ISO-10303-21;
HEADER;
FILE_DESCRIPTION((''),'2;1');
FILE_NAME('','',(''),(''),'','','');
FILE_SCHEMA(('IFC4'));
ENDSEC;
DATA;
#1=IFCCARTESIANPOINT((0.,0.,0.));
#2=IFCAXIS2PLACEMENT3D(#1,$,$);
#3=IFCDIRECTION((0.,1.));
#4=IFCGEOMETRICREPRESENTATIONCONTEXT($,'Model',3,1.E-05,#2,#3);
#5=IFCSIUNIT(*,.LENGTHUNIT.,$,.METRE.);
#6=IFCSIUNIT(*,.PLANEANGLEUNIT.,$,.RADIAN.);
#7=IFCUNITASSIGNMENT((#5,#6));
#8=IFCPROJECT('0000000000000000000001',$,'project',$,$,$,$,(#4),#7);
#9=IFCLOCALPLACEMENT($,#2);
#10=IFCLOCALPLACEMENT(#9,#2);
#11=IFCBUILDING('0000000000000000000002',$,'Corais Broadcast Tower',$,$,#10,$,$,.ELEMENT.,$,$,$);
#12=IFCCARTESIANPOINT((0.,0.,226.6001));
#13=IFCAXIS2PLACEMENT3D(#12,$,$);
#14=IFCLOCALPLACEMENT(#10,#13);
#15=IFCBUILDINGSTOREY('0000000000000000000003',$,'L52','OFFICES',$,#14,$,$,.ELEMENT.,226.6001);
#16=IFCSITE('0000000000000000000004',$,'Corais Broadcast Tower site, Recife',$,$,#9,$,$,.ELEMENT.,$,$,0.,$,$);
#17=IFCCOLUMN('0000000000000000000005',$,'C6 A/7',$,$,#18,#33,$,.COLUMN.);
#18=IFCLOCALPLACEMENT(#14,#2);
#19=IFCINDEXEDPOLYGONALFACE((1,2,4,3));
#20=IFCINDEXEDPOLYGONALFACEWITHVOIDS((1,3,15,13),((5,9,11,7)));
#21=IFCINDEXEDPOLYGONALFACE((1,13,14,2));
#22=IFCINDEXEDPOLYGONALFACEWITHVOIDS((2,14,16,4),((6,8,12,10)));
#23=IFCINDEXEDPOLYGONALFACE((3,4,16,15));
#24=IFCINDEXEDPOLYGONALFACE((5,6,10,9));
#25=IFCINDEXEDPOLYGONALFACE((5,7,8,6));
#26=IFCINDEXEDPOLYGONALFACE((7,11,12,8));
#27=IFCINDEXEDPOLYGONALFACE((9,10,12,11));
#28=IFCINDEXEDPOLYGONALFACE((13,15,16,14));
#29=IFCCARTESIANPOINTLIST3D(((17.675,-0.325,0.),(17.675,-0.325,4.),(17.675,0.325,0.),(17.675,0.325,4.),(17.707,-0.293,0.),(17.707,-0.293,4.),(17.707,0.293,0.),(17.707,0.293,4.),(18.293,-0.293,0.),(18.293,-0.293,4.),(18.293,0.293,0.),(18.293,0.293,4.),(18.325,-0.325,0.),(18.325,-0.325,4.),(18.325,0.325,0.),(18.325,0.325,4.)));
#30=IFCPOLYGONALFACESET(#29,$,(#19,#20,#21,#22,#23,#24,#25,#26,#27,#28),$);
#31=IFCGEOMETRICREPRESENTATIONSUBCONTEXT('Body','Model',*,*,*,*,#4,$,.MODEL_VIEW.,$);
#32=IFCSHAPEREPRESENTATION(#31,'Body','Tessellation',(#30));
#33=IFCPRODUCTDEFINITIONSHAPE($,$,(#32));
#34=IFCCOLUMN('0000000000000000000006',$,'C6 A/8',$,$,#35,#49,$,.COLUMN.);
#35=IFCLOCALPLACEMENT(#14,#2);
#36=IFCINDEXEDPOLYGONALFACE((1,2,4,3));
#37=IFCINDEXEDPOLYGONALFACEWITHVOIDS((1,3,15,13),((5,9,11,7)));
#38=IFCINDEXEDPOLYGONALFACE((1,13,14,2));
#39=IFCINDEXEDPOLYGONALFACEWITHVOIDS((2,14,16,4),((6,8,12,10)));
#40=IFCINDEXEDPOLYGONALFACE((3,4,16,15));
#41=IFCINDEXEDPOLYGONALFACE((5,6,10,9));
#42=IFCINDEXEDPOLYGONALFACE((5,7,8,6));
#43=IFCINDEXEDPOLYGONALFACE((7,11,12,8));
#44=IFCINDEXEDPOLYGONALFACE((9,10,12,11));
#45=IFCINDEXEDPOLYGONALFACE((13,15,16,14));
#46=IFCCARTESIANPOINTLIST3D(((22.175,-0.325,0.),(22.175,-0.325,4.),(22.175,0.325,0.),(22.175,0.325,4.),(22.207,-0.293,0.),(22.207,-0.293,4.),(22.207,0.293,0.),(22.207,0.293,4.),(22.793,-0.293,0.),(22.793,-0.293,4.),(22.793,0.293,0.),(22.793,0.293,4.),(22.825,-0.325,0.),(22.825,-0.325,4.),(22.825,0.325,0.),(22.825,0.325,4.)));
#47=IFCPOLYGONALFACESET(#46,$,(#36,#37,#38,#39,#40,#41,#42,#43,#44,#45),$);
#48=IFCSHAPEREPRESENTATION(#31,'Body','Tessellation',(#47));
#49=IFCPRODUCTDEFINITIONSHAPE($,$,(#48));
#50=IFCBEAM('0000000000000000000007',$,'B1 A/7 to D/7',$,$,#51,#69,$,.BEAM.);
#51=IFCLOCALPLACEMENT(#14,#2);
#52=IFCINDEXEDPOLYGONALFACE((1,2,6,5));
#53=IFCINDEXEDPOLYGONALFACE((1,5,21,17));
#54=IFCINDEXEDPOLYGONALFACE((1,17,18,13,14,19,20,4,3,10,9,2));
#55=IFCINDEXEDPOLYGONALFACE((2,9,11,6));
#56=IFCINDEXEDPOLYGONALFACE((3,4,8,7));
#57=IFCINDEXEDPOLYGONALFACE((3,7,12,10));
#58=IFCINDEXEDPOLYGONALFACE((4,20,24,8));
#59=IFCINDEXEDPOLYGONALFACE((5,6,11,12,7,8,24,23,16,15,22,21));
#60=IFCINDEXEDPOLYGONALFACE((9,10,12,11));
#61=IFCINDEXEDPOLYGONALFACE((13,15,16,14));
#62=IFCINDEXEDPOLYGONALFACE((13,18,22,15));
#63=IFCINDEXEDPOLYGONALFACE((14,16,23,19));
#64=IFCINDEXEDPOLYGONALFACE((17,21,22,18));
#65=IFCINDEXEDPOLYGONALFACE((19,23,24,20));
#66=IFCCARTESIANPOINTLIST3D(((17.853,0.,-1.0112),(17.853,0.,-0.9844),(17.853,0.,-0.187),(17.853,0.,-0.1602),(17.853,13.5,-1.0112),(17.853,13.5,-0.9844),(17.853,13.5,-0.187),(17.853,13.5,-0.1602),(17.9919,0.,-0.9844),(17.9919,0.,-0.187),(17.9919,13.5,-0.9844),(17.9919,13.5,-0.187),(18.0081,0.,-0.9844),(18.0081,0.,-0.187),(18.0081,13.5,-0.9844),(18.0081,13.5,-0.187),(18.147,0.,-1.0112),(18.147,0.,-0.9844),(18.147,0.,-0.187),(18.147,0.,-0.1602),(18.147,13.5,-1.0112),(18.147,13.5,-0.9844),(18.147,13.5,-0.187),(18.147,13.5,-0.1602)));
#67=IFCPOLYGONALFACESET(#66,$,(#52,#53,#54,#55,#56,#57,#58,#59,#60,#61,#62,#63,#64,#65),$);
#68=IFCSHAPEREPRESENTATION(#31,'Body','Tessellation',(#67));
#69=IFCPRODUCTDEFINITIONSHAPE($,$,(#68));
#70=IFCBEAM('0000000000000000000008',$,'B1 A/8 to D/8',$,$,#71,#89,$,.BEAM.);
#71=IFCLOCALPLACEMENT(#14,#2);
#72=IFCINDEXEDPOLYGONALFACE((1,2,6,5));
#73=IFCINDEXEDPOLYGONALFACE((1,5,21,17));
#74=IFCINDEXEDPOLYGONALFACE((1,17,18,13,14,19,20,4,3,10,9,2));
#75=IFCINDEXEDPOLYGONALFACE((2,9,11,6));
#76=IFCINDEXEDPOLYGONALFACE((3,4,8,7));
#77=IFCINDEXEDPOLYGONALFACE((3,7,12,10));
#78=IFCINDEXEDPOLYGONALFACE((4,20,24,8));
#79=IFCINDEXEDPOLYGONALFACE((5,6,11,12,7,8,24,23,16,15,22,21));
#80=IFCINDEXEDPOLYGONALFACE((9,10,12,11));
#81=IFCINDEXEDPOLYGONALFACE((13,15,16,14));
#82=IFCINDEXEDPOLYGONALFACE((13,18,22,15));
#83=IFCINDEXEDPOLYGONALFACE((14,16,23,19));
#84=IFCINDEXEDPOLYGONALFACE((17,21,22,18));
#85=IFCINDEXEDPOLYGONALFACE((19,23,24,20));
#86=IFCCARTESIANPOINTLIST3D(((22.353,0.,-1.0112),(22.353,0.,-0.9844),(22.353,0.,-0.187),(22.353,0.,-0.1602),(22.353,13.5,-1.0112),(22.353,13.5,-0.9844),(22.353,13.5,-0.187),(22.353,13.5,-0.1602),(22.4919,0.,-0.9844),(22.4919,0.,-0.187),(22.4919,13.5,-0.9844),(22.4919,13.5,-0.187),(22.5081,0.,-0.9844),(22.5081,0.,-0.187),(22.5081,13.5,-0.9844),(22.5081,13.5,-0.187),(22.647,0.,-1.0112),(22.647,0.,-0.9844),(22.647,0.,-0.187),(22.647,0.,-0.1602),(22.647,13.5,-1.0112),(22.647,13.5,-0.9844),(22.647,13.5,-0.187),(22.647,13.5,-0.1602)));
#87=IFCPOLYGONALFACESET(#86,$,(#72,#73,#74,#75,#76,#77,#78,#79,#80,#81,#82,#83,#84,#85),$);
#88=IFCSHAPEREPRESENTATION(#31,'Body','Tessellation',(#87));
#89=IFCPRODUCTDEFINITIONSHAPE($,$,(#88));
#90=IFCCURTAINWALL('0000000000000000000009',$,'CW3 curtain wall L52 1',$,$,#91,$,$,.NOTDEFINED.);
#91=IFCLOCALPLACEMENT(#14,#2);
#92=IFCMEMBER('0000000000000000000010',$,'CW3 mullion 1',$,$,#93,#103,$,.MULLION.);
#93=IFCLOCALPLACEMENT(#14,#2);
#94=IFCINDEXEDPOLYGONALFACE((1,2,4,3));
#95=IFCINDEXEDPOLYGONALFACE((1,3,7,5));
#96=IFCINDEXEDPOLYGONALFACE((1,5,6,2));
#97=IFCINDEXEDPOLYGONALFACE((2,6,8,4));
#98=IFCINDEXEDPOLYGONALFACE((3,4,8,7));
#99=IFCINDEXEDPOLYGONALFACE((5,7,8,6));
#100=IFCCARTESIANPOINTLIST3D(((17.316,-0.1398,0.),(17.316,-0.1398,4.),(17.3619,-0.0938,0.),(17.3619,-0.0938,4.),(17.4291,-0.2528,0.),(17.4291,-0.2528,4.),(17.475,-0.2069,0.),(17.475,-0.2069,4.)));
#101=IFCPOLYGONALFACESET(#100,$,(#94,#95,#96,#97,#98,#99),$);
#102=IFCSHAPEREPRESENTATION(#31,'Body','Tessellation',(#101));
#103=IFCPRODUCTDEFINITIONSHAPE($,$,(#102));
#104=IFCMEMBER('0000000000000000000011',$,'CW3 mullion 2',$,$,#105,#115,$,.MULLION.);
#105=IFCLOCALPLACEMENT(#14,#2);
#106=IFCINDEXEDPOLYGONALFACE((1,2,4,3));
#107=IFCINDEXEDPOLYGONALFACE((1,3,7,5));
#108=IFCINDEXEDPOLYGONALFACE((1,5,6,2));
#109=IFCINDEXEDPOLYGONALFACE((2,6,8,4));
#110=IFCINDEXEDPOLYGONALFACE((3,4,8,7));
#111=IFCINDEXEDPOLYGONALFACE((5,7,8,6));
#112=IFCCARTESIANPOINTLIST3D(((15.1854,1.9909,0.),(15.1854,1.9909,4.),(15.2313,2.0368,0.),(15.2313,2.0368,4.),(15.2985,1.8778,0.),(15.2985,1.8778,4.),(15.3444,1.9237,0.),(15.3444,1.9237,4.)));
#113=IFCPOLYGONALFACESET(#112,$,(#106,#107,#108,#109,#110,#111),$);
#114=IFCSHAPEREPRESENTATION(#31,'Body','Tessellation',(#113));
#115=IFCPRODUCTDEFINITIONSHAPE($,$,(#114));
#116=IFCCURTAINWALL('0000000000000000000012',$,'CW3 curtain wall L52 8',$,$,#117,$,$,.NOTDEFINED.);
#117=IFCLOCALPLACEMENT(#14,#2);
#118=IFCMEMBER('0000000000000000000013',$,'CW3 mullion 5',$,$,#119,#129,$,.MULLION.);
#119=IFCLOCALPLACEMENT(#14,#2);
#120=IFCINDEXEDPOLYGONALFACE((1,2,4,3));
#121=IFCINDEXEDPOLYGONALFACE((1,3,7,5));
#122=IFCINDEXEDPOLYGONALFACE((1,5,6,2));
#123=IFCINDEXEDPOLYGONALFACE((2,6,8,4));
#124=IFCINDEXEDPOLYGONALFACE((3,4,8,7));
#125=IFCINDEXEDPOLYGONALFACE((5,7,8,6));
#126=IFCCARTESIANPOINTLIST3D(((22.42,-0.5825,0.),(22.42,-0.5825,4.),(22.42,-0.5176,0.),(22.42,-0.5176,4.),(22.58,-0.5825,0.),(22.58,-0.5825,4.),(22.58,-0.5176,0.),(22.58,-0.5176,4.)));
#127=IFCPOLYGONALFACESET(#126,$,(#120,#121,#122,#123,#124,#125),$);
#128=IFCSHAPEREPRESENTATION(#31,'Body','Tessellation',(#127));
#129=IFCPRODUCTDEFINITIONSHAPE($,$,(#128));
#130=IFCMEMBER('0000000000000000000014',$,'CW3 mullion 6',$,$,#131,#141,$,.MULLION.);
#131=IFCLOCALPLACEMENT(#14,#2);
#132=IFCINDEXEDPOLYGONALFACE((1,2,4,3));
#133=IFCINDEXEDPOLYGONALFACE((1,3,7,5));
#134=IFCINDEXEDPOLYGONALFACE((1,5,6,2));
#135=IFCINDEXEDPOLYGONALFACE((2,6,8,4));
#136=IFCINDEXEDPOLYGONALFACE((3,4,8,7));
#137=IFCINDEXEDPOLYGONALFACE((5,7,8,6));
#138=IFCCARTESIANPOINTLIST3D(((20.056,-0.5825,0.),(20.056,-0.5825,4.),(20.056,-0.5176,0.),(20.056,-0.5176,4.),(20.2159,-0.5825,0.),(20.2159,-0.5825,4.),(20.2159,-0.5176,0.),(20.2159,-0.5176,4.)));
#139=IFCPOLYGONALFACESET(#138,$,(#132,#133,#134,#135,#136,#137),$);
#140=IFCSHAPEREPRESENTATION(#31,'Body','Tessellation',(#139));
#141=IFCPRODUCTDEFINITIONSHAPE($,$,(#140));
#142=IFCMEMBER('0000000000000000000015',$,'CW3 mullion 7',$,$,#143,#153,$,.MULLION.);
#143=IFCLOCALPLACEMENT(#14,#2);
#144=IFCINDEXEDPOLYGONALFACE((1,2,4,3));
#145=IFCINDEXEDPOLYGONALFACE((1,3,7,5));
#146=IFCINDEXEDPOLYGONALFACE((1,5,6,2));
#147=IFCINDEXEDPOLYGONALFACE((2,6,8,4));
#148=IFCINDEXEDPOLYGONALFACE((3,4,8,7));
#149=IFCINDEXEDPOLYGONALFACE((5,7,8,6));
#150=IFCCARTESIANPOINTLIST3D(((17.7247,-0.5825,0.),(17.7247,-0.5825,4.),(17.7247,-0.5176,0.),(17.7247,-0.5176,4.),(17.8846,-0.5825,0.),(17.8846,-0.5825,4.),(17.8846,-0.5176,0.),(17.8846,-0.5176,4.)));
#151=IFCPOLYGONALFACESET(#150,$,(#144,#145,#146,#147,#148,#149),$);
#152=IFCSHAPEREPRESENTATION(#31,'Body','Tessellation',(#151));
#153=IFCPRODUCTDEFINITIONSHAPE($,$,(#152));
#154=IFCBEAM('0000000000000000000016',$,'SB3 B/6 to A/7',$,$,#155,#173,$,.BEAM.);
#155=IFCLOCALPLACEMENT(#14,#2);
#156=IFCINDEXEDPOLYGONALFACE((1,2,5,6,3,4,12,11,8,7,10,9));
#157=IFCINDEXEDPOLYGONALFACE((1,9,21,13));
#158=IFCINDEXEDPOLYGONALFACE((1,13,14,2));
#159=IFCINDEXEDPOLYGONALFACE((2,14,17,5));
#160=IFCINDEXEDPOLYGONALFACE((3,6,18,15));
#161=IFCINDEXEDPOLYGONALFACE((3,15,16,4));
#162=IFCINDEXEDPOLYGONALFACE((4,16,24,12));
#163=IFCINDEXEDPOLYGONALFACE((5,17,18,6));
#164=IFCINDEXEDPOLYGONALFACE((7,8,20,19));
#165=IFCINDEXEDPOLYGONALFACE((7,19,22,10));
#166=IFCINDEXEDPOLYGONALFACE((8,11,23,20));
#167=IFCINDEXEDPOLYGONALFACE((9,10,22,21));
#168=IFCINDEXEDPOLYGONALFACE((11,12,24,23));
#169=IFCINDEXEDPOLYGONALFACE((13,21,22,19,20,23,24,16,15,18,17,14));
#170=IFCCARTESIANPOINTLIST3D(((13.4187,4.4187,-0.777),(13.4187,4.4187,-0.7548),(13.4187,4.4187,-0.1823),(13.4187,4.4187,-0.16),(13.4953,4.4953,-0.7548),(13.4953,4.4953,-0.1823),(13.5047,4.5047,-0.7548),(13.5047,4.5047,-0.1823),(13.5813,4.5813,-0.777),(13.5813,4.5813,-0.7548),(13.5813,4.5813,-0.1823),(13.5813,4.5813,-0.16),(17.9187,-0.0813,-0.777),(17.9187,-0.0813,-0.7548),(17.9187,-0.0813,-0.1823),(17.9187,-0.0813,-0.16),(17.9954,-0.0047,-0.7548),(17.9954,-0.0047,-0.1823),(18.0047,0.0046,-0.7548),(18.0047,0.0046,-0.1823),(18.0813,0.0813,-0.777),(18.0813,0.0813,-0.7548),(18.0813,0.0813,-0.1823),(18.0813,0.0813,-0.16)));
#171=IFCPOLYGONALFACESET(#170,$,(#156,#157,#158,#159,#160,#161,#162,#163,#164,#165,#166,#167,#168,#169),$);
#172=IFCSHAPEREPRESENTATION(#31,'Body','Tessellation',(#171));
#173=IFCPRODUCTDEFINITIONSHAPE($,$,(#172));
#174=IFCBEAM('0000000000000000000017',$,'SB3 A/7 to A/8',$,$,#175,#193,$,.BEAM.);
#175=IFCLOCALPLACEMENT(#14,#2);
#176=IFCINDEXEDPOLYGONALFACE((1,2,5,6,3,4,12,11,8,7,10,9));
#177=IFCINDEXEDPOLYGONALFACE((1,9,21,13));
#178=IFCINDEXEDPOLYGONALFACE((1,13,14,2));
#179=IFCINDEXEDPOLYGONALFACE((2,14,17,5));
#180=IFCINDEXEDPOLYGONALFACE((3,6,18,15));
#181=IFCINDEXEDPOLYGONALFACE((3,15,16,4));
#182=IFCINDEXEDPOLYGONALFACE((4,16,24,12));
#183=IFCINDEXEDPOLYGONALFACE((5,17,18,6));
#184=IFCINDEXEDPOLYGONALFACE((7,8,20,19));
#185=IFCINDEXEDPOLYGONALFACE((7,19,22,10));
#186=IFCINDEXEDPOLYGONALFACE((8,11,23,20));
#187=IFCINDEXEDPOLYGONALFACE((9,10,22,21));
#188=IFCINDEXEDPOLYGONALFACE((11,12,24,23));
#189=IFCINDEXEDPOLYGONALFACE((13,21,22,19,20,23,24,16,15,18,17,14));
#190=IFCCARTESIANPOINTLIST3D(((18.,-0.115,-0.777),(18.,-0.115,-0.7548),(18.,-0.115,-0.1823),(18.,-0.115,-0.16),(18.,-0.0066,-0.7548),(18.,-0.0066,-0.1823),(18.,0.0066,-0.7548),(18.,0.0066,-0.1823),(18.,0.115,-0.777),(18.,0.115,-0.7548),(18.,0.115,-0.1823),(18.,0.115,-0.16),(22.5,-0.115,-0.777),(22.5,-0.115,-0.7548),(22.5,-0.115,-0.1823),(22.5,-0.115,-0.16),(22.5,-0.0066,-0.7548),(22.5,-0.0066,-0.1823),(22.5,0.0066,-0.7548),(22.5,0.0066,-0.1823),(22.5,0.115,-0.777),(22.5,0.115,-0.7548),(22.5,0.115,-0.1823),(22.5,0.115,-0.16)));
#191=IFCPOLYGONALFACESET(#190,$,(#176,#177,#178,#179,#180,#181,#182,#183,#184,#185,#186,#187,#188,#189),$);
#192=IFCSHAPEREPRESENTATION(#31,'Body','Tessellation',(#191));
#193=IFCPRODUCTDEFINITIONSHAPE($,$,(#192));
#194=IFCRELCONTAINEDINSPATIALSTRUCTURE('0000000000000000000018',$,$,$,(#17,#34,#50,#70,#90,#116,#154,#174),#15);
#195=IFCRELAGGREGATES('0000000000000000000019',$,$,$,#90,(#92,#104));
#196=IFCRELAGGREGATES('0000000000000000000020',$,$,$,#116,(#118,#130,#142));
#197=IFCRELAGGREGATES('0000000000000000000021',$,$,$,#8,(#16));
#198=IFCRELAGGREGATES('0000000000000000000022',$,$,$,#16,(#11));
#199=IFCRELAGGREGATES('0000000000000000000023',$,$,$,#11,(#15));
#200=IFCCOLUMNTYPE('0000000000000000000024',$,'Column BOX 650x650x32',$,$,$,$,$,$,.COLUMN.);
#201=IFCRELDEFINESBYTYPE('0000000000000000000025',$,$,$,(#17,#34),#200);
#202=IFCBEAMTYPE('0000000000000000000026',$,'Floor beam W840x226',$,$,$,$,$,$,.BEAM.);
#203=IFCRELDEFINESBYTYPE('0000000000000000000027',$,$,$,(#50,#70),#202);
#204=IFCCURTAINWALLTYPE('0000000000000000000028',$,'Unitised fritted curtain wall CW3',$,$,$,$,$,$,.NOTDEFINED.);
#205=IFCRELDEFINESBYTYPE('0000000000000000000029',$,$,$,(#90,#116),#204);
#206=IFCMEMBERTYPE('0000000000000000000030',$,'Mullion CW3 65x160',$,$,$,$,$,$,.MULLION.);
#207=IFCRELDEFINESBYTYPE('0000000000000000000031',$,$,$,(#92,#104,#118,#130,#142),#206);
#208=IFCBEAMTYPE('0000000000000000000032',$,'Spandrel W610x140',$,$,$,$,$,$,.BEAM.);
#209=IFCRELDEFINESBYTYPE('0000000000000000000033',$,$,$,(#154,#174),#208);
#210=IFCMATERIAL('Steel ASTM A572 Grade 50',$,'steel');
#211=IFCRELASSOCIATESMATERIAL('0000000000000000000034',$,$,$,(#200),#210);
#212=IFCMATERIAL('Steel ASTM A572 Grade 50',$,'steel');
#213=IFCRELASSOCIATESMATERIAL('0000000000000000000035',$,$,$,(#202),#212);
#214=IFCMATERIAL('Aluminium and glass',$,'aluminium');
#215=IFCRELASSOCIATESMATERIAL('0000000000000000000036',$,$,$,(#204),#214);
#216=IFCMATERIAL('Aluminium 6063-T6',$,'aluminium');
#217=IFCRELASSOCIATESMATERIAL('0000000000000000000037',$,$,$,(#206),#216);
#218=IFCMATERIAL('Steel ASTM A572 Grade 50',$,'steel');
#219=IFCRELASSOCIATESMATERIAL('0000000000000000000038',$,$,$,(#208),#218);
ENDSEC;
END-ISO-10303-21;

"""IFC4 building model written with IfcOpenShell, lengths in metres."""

from ifc_helpers import new_model, si_unit, direction, frame, origin, origin_2d, place, context, subcontext, project, spatial, rectangle, hollow_rectangle, i_section, extrude, material, material_profile, profile_set, type_object, element, aggregate, save


model = new_model("IFC4")

# Units and contexts
model_context = context("Model", 3, precision=1e-05, world=origin(), true_north=direction((0.0, 1.0)))
body_context = subcontext(model_context, "Body", "Model", "MODEL_VIEW")
ifc_project = project(units=[si_unit("LENGTHUNIT", "METRE"), si_unit("PLANEANGLEUNIT", "RADIAN")], contexts=[model_context])

# Site, building, storey
site_placement = place(None, origin())
site = spatial("IfcSite", under=ifc_project, at=site_placement, Name="Corais Broadcast Tower site, Recife", CompositionType="ELEMENT", RefElevation=0.0)
building_placement = place(site_placement, origin())
building = spatial("IfcBuilding", under=site, at=building_placement, Name="Corais Broadcast Tower", CompositionType="ELEMENT")
storey_placement = place(building_placement, frame((0.0, 0.0, 226.6001)))
storey = spatial("IfcBuildingStorey", under=building, at=storey_placement, Name="L52", Description="OFFICES", CompositionType="ELEMENT", Elevation=226.6001)

# Columns
ifc_material_1 = material(Name="Steel ASTM A572 Grade 50", Category="steel")
ifc_material_profile_1 = material_profile(ifc_material_1, hollow_rectangle(XDim=0.6499, YDim=0.6499, WallThickness=0.032, at=origin_2d()), Name="BOX 650x650x32")
ifc_profile_set_1 = profile_set([ifc_material_profile_1], Name="Steel ASTM A572 Grade 50")
column_type = type_object("IfcColumnType", Name="Column BOX 650x650x32", PredefinedType="COLUMN", material=ifc_profile_set_1)
for number, where, z_axis, x_axis, name in (
    (1, (18.0, 0.0, 0.0), (0.0, 0.0, 1.0), (1.0, 0.0, 0.0), "C6 A/7"),
    (2, (22.5, 0.0, 0.0), (0.0, 0.0, 1.0), (1.0, 0.0, 0.0), "C6 A/8"),
):
    element("IfcColumn", number, at=place(storey_placement, frame(where, z_axis=z_axis, x_axis=x_axis)), inside=storey, type_object=column_type, Name=name, PredefinedType="COLUMN", context=body_context, shape_type="SweptSolid", body=[
        extrude(hollow_rectangle(XDim=0.6499, YDim=0.6499, WallThickness=0.032, at=origin_2d()), origin(), (0.0, 0.0, 1.0), 4.0),
    ])

# Beams
ifc_material_2 = material(Name="Steel ASTM A572 Grade 50", Category="steel")
ifc_material_profile_2 = material_profile(ifc_material_2, i_section(OverallWidth=0.2939, OverallDepth=0.8511, WebThickness=0.0161, FlangeThickness=0.0269, at=origin_2d()), Name="W840x226")
ifc_profile_set_2 = profile_set([ifc_material_profile_2], Name="Steel ASTM A572 Grade 50")
beam_type_1 = type_object("IfcBeamType", Name="Floor beam W840x226", PredefinedType="BEAM", material=ifc_profile_set_2)
for number, where, z_axis, x_axis, name in (
    (3, (18.0, 0.0, -0.5857), (0.0, 1.0, 0.0), (-1.0, 0.0, 0.0), "B1 A/7 to D/7"),
    (4, (22.5, 0.0, -0.5857), (0.0, 1.0, 0.0), (-1.0, 0.0, 0.0), "B1 A/8 to D/8"),
):
    element("IfcBeam", number, at=place(storey_placement, frame(where, z_axis=z_axis, x_axis=x_axis)), inside=storey, type_object=beam_type_1, Name=name, PredefinedType="BEAM", context=body_context, shape_type="SweptSolid", body=[
        extrude(i_section(OverallWidth=0.2939, OverallDepth=0.8511, WebThickness=0.0161, FlangeThickness=0.0269, at=origin_2d()), origin(), (0.0, 0.0, 1.0), 13.5),
    ])

# Curtain walls, members
ifc_material_3 = material(Name="Aluminium and glass", Category="aluminium")
curtain_wall_type = type_object("IfcCurtainWallType", Name="Unitised fritted curtain wall CW3", PredefinedType="NOTDEFINED", material=ifc_material_3)
curtain_wall_1_placement = place(storey_placement, origin())
curtain_wall_1 = element("IfcCurtainWall", 5, at=curtain_wall_1_placement, inside=storey, type_object=curtain_wall_type, Name="CW3 curtain wall L52 1", PredefinedType="NOTDEFINED")
ifc_material_4 = material(Name="Aluminium 6063-T6", Category="aluminium")
ifc_material_profile_3 = material_profile(ifc_material_4, rectangle(XDim=0.0649, YDim=0.1599, at=origin_2d()), Name="Mullion CW3 65x160")
ifc_profile_set_3 = profile_set([ifc_material_profile_3], Name="Aluminium 6063-T6")
member_type_1 = type_object("IfcMemberType", Name="Mullion CW3 65x160", PredefinedType="MULLION", material=ifc_profile_set_3)
member_1_placement = place(storey_placement, frame((17.3955, -0.1733, 0.0), z_axis=(0.0, 0.0, 1.0), x_axis=(-0.707107, -0.707107, 0.0)))
member_1 = element("IfcMember", 6, at=member_1_placement, type_object=member_type_1, Name="CW3 mullion 1", PredefinedType="MULLION", context=body_context, shape_type="SweptSolid", body=[
    extrude(rectangle(XDim=0.0649, YDim=0.1599, at=origin_2d()), origin(), (0.0, 0.0, 1.0), 4.0),
])
member_2_placement = place(storey_placement, frame((15.2649, 1.9573, 0.0), z_axis=(0.0, 0.0, 1.0), x_axis=(-0.707107, -0.707107, 0.0)))
member_2 = element("IfcMember", 7, at=member_2_placement, type_object=member_type_1, Name="CW3 mullion 2", PredefinedType="MULLION", context=body_context, shape_type="SweptSolid", body=[
    extrude(rectangle(XDim=0.0649, YDim=0.1599, at=origin_2d()), origin(), (0.0, 0.0, 1.0), 4.0),
])
curtain_wall_2_placement = place(storey_placement, origin())
curtain_wall_2 = element("IfcCurtainWall", 8, at=curtain_wall_2_placement, inside=storey, type_object=curtain_wall_type, Name="CW3 curtain wall L52 8", PredefinedType="NOTDEFINED")
member_3_placement = place(storey_placement, frame((22.5, -0.55, 0.0), z_axis=(0.0, 0.0, 1.0), x_axis=(0.0, -1.0, 0.0)))
member_3 = element("IfcMember", 9, at=member_3_placement, type_object=member_type_1, Name="CW3 mullion 5", PredefinedType="MULLION", context=body_context, shape_type="SweptSolid", body=[
    extrude(rectangle(XDim=0.0649, YDim=0.1599, at=origin_2d()), origin(), (0.0, 0.0, 1.0), 4.0),
])
member_4_placement = place(storey_placement, frame((20.136, -0.55, 0.0), z_axis=(0.0, 0.0, 1.0), x_axis=(0.0, -1.0, 0.0)))
member_4 = element("IfcMember", 10, at=member_4_placement, type_object=member_type_1, Name="CW3 mullion 6", PredefinedType="MULLION", context=body_context, shape_type="SweptSolid", body=[
    extrude(rectangle(XDim=0.0649, YDim=0.1599, at=origin_2d()), origin(), (0.0, 0.0, 1.0), 4.0),
])
member_5_placement = place(storey_placement, frame((17.8047, -0.55, 0.0), z_axis=(0.0, 0.0, 1.0), x_axis=(0.0, -1.0, 0.0)))
member_5 = element("IfcMember", 11, at=member_5_placement, type_object=member_type_1, Name="CW3 mullion 7", PredefinedType="MULLION", context=body_context, shape_type="SweptSolid", body=[
    extrude(rectangle(XDim=0.0649, YDim=0.1599, at=origin_2d()), origin(), (0.0, 0.0, 1.0), 4.0),
])

# Beams
ifc_material_5 = material(Name="Steel ASTM A572 Grade 50", Category="steel")
ifc_material_profile_4 = material_profile(ifc_material_5, i_section(OverallWidth=0.23, OverallDepth=0.6169, WebThickness=0.0132, FlangeThickness=0.0222, at=origin_2d()), Name="W610x140")
ifc_profile_set_4 = profile_set([ifc_material_profile_4], Name="Steel ASTM A572 Grade 50")
beam_type_2 = type_object("IfcBeamType", Name="Spandrel W610x140", PredefinedType="BEAM", material=ifc_profile_set_4)
beam_placement = place(storey_placement, frame((13.5, 4.5, -0.4685), z_axis=(0.707107, -0.707107, 0.0), x_axis=(0.707107, 0.707107, 0.0)))
element("IfcBeam", 12, at=beam_placement, inside=storey, type_object=beam_type_2, Name="SB3 B/6 to A/7", PredefinedType="BEAM", context=body_context, shape_type="SweptSolid", body=[
    extrude(i_section(OverallWidth=0.23, OverallDepth=0.6169, WebThickness=0.0132, FlangeThickness=0.0222, at=origin_2d()), origin(), (0.0, 0.0, 1.0), 6.364),
])
for number, where, z_axis, x_axis, name in (
    (13, (18.0, 0.0, -0.4685), (1.0, 0.0, 0.0), (0.0, 1.0, 0.0), "SB3 A/7 to A/8"),
):
    element("IfcBeam", number, at=place(storey_placement, frame(where, z_axis=z_axis, x_axis=x_axis)), inside=storey, type_object=beam_type_2, Name=name, PredefinedType="BEAM", context=body_context, shape_type="SweptSolid", body=[
        extrude(i_section(OverallWidth=0.23, OverallDepth=0.6169, WebThickness=0.0132, FlangeThickness=0.0222, at=origin_2d()), origin(), (0.0, 0.0, 1.0), 4.5),
    ])

aggregate(curtain_wall_1, [member_1, member_2])
aggregate(curtain_wall_2, [member_3, member_4, member_5])

save(model, "model.ifc")
